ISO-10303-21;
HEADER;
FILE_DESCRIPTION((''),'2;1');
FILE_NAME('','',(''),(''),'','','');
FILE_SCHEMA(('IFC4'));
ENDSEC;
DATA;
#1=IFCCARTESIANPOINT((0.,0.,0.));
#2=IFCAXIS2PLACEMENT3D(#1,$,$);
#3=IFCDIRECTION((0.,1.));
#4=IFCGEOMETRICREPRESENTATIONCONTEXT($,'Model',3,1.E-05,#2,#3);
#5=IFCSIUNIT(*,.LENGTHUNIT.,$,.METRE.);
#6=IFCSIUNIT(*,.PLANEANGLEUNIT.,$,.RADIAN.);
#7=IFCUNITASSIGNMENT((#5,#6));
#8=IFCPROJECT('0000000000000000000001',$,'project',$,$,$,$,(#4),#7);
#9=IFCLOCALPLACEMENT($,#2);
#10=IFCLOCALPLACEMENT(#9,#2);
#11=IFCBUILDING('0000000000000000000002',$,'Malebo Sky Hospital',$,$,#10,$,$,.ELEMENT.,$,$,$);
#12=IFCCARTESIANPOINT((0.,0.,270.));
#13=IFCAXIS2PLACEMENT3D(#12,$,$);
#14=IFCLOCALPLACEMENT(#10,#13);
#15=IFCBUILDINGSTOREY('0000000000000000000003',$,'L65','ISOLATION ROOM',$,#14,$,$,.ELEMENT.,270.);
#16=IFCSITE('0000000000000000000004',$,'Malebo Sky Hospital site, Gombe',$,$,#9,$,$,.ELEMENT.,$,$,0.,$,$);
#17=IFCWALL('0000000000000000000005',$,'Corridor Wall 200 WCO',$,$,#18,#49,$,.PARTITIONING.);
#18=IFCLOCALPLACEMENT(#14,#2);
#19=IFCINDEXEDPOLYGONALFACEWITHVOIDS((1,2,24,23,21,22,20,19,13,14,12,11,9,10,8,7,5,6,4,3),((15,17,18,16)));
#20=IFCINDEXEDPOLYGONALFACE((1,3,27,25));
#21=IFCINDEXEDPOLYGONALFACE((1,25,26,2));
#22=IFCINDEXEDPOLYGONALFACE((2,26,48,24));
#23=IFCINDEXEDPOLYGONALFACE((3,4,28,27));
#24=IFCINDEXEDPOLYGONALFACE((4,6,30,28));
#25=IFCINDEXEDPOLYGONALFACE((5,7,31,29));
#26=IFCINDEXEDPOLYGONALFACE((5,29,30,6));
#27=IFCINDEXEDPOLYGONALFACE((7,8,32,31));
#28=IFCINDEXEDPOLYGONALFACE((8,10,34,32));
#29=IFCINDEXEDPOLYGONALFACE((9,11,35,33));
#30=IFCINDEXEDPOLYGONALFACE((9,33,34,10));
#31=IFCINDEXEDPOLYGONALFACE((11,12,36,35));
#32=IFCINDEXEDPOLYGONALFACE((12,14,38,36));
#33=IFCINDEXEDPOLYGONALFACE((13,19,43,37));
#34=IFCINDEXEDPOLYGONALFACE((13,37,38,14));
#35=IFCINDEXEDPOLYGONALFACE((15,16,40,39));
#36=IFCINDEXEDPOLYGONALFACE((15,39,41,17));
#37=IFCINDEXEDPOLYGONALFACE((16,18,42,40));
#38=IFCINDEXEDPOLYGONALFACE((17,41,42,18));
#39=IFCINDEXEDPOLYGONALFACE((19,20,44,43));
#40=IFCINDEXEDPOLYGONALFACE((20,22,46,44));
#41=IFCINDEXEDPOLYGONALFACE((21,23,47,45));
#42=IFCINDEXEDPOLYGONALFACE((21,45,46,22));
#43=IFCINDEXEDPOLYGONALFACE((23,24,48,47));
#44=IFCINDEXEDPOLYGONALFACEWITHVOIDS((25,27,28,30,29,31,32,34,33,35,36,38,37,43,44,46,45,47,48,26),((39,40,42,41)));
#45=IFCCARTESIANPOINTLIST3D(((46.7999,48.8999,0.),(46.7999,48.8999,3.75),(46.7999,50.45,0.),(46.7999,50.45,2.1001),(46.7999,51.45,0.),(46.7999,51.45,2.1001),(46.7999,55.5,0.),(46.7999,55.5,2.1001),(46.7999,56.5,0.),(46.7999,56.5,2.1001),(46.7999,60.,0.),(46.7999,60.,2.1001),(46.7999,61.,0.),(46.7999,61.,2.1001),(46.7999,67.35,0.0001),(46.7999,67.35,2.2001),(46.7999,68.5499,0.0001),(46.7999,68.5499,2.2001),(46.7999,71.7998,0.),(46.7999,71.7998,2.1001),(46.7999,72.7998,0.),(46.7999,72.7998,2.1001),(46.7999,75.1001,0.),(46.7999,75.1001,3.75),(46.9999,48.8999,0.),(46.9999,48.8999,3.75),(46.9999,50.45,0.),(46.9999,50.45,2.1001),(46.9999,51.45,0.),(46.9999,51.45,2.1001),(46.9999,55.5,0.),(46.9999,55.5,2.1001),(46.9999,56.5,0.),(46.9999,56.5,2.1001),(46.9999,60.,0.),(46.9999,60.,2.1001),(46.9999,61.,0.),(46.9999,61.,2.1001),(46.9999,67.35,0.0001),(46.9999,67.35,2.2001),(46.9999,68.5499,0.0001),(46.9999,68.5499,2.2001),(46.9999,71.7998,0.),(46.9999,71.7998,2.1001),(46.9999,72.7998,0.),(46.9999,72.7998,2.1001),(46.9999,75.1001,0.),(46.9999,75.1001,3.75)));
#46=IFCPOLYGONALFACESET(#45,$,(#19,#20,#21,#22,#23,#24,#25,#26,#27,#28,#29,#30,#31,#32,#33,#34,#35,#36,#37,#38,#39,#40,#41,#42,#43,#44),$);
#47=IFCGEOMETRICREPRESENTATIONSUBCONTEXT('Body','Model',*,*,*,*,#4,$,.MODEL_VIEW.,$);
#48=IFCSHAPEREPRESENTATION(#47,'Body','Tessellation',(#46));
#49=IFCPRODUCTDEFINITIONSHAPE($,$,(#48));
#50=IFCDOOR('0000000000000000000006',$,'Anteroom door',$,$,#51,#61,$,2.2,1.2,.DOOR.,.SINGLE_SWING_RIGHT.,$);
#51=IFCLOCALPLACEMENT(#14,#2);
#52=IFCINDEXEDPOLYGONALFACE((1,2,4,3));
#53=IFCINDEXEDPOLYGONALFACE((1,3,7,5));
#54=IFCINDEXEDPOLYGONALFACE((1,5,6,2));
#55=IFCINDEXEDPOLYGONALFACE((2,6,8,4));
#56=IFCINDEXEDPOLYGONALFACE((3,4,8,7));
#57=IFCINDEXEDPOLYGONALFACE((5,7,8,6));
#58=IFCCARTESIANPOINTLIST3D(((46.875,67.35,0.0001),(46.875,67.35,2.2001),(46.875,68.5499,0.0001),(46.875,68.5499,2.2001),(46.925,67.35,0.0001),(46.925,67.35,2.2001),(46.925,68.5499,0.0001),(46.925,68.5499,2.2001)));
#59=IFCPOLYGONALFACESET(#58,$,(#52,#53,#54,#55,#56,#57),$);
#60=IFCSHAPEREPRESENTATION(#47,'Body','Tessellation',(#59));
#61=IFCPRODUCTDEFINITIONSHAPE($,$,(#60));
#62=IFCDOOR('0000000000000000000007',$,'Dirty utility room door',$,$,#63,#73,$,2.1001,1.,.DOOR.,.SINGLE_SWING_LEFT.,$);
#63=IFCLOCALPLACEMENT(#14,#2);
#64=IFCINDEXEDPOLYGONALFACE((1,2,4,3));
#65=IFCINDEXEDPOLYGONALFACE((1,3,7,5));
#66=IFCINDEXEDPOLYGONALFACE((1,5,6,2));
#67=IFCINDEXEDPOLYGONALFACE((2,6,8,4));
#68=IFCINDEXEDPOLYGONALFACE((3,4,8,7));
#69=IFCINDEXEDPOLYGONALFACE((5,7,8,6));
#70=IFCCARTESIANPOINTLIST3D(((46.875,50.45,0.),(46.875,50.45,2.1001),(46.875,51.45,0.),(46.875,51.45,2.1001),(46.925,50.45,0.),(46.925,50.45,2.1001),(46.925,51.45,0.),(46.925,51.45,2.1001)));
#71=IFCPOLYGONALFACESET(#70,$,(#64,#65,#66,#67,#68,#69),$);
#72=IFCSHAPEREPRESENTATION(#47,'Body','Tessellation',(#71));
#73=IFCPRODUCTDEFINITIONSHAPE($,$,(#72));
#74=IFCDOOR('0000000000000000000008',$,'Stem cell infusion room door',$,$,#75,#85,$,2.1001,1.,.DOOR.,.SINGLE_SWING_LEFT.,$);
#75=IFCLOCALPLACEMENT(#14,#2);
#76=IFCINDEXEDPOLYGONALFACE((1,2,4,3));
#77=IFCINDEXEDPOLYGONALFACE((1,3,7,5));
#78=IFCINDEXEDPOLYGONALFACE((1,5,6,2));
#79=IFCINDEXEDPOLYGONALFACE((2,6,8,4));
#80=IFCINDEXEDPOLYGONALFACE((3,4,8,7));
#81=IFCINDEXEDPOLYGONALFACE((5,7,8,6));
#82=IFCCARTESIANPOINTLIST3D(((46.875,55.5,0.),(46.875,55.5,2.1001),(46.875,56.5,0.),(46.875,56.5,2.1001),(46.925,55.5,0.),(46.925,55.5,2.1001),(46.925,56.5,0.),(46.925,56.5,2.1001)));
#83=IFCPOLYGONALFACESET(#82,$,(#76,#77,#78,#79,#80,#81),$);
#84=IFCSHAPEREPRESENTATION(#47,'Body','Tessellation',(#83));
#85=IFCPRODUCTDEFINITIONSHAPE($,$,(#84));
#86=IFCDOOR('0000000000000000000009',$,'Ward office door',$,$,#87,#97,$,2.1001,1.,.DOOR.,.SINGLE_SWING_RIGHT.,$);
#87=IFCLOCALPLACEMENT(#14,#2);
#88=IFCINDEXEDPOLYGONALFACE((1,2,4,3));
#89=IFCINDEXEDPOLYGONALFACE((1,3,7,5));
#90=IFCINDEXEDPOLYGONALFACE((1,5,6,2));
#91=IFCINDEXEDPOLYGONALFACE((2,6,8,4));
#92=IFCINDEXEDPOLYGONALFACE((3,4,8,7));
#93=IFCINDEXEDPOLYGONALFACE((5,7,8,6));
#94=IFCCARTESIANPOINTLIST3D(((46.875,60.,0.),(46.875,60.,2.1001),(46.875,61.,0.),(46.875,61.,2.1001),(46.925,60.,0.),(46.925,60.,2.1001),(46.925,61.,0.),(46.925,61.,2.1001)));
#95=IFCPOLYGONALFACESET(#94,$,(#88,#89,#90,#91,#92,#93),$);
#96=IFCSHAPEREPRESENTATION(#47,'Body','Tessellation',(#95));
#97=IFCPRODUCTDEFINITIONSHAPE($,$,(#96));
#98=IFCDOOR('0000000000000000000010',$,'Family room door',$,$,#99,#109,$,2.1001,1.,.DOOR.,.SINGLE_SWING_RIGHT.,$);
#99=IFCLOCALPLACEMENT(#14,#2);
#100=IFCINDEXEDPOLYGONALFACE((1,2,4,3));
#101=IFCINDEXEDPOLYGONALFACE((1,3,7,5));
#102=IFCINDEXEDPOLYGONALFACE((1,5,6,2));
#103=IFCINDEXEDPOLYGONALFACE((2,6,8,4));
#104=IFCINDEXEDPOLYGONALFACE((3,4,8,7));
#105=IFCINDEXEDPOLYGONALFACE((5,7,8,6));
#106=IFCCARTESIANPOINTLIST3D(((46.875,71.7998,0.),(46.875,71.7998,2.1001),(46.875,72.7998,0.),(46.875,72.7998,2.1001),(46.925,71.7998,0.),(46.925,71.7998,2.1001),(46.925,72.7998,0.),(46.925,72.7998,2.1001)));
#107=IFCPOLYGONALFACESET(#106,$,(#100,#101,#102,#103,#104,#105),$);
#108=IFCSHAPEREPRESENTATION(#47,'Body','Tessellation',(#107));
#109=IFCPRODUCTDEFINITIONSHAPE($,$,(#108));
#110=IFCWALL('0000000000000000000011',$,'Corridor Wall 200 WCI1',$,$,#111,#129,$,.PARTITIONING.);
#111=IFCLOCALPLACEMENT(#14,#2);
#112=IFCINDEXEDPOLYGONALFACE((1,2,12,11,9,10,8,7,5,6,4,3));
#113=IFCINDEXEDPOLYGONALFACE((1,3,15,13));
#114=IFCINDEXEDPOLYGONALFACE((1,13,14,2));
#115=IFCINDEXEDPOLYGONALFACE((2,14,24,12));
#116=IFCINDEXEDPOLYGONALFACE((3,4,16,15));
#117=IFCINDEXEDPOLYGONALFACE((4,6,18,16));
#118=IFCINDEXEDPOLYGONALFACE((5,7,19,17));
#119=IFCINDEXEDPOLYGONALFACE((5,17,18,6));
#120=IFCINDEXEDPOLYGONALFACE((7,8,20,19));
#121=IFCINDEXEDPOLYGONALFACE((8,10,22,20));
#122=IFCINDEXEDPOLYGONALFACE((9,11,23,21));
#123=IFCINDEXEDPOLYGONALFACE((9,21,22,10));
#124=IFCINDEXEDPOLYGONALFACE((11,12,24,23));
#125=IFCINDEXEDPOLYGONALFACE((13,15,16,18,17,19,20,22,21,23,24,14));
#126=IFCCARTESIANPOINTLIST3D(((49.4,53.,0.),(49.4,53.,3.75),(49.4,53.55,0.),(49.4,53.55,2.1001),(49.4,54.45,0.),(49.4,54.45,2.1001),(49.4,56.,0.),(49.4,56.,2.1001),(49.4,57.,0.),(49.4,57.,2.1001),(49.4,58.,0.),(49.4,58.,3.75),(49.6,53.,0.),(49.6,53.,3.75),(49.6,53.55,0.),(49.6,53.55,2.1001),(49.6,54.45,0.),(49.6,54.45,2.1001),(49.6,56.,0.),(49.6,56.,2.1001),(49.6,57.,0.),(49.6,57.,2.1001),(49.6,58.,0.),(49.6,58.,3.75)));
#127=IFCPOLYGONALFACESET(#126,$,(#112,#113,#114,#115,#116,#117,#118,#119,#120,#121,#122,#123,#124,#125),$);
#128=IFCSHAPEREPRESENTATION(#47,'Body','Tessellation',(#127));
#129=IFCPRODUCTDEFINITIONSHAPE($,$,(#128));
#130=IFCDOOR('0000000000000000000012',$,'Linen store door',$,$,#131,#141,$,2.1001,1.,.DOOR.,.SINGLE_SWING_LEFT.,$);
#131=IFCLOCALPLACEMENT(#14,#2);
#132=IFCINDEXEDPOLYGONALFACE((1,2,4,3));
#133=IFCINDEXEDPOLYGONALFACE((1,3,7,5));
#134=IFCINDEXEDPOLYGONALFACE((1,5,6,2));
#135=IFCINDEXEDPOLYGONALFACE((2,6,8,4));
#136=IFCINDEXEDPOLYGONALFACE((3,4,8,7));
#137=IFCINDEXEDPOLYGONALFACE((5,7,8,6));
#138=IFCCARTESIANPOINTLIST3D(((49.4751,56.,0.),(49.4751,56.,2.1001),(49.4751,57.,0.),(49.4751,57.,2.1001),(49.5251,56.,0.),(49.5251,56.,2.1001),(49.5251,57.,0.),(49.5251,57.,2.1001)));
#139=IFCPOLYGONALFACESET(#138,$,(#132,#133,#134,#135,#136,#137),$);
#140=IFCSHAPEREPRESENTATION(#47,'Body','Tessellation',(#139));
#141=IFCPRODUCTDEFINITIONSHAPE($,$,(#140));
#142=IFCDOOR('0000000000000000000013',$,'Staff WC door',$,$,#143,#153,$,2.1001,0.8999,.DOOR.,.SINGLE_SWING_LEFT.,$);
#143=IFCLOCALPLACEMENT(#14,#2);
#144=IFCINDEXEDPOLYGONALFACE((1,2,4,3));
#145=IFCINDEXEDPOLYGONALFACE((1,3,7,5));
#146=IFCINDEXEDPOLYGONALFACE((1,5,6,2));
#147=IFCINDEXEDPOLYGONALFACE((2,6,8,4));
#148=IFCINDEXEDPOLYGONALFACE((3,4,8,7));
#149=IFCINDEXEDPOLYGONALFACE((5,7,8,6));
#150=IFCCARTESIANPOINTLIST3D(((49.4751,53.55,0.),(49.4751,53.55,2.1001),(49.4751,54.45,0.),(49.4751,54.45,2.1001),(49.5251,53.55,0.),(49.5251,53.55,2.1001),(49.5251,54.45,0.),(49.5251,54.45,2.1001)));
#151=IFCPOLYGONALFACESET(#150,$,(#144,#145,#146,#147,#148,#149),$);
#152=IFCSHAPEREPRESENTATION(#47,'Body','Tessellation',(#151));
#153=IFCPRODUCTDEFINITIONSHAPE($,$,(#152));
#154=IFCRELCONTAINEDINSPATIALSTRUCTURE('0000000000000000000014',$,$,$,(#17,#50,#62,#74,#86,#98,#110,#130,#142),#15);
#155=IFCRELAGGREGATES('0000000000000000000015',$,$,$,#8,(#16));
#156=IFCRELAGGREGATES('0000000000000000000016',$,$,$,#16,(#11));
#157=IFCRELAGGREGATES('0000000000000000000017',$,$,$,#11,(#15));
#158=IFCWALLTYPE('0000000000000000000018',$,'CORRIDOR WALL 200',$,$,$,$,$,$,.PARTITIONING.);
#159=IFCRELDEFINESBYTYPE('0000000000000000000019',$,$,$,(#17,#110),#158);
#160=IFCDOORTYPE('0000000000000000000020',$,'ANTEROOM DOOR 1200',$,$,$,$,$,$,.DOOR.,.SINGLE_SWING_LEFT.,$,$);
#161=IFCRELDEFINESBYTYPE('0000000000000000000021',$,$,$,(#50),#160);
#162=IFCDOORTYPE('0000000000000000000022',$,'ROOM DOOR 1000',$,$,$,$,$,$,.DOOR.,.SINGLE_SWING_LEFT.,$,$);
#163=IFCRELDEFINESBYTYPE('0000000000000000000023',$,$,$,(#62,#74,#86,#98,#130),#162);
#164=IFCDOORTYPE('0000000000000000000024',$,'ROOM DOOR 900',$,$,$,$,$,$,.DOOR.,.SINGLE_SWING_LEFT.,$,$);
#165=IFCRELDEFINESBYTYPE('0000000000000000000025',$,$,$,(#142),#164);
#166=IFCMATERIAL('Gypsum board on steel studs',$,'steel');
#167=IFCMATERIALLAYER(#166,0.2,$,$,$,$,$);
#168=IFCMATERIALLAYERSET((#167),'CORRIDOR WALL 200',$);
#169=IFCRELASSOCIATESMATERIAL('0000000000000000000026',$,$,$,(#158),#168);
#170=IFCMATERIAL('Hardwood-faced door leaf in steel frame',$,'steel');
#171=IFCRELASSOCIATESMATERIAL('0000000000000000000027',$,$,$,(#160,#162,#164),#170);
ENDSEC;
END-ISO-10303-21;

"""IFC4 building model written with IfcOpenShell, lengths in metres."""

from ifc_helpers import new_model, si_unit, direction, frame, frame_2d, origin, place, context, subcontext, project, spatial, rectangle, extrude, material, layer, layer_set, type_object, element, fill, save


model = new_model("IFC4")

# Units and contexts
model_context = context("Model", 3, precision=1e-05, world=origin(), true_north=direction((0.0, 1.0)))
body_context = subcontext(model_context, "Body", "Model", "MODEL_VIEW")
ifc_project = project(units=[si_unit("LENGTHUNIT", "METRE"), si_unit("PLANEANGLEUNIT", "RADIAN")], contexts=[model_context])

# Site, building, storey
site_placement = place(None, origin())
site = spatial("IfcSite", under=ifc_project, at=site_placement, Name="Malebo Sky Hospital site, Gombe", CompositionType="ELEMENT", RefElevation=0.0)
building_placement = place(site_placement, origin())
building = spatial("IfcBuilding", under=site, at=building_placement, Name="Malebo Sky Hospital", CompositionType="ELEMENT")
storey_placement = place(building_placement, frame((0.0, 0.0, 270.0)))
storey = spatial("IfcBuildingStorey", under=building, at=storey_placement, Name="L65", Description="ISOLATION ROOM", CompositionType="ELEMENT", Elevation=270.0)

# Shared definitions
ifc_material_1 = material(Name="Hardwood-faced door leaf in steel frame", Category="steel")

# Walls, openings, doors
ifc_material_2 = material(Name="Gypsum board on steel studs", Category="steel")
ifc_layer_1 = layer(ifc_material_2, 0.2)
ifc_layer_set_1 = layer_set([ifc_layer_1], Name="CORRIDOR WALL 200")
wall_type_1 = type_object("IfcWallType", Name="CORRIDOR WALL 200", PredefinedType="PARTITIONING", material=ifc_layer_set_1)
wall_1_placement = place(storey_placement, frame((46.8999, 48.8999, 0.0), z_axis=(0.0, 0.0, 1.0), x_axis=(0.0, 1.0, 0.0)))
wall_1 = element("IfcWall", 1, at=wall_1_placement, inside=storey, type_object=wall_type_1, Name="Corridor Wall 200 WCO", PredefinedType="PARTITIONING", context=body_context, shape_type="SweptSolid", body=[
    extrude(rectangle(XDim=26.2002, YDim=0.2, at=frame_2d((13.1001, 0.0))), origin(), (0.0, 0.0, 1.0), 3.75),
])
opening_1_placement = place(wall_1_placement, frame((1.55, 0.0, 0.0)))
opening_1 = element("IfcOpeningElement", 2, at=opening_1_placement, cuts=wall_1, PredefinedType="OPENING", context=body_context, shape_type="SweptSolid", body=[
    extrude(rectangle(XDim=1.0, YDim=2.1001, at=frame_2d((0.5, 1.05))), frame((0.0, 0.1099, 0.0), z_axis=(0.0, -1.0, 0.0), x_axis=(1.0, 0.0, 0.0)), (0.0, 0.0, 1.0), 0.22),
])
opening_2_placement = place(wall_1_placement, frame((6.6001, 0.0, 0.0)))
opening_2 = element("IfcOpeningElement", 3, at=opening_2_placement, cuts=wall_1, PredefinedType="OPENING", context=body_context, shape_type="SweptSolid", body=[
    extrude(rectangle(XDim=1.0, YDim=2.1001, at=frame_2d((0.5, 1.05))), frame((0.0, 0.1099, 0.0), z_axis=(0.0, -1.0, 0.0), x_axis=(1.0, 0.0, 0.0)), (0.0, 0.0, 1.0), 0.22),
])
opening_3_placement = place(wall_1_placement, frame((11.1001, 0.0, 0.0)))
opening_3 = element("IfcOpeningElement", 4, at=opening_3_placement, cuts=wall_1, PredefinedType="OPENING", context=body_context, shape_type="SweptSolid", body=[
    extrude(rectangle(XDim=1.0, YDim=2.1001, at=frame_2d((0.5, 1.05))), frame((0.0, 0.1099, 0.0), z_axis=(0.0, -1.0, 0.0), x_axis=(1.0, 0.0, 0.0)), (0.0, 0.0, 1.0), 0.22),
])
opening_4_placement = place(wall_1_placement, frame((18.45, 0.0, 0.0)))
opening_4 = element("IfcOpeningElement", 5, at=opening_4_placement, cuts=wall_1, PredefinedType="OPENING", context=body_context, shape_type="SweptSolid", body=[
    extrude(rectangle(XDim=1.2, YDim=2.2, at=frame_2d((0.6001, 1.1001))), frame((0.0, 0.1099, 0.0), z_axis=(0.0, -1.0, 0.0), x_axis=(1.0, 0.0, 0.0)), (0.0, 0.0, 1.0), 0.22),
])
opening_5_placement = place(wall_1_placement, frame((22.8999, 0.0, 0.0)))
opening_5 = element("IfcOpeningElement", 6, at=opening_5_placement, cuts=wall_1, PredefinedType="OPENING", context=body_context, shape_type="SweptSolid", body=[
    extrude(rectangle(XDim=1.0, YDim=2.1001, at=frame_2d((0.5, 1.05))), frame((0.0, 0.1099, 0.0), z_axis=(0.0, -1.0, 0.0), x_axis=(1.0, 0.0, 0.0)), (0.0, 0.0, 1.0), 0.22),
])
door_type_1 = type_object("IfcDoorType", Name="ANTEROOM DOOR 1200", OperationType="SINGLE_SWING_LEFT", PredefinedType="DOOR", material=ifc_material_1)
door_1_placement = place(opening_4_placement, origin())
door_1 = element("IfcDoor", 7, at=door_1_placement, inside=storey, type_object=door_type_1, Name="Anteroom door", OperationType="SINGLE_SWING_RIGHT", OverallHeight=2.2, OverallWidth=1.2, PredefinedType="DOOR", context=body_context, shape_type="SweptSolid", body=[
    extrude(rectangle(XDim=1.2, YDim=2.2, at=frame_2d((0.6001, 1.1001))), frame((0.0, 0.0249, 0.0), z_axis=(0.0, -1.0, 0.0), x_axis=(1.0, 0.0, 0.0)), (0.0, 0.0, 1.0), 0.05),
])
fill(opening_4, door_1)
door_type_2 = type_object("IfcDoorType", Name="ROOM DOOR 1000", OperationType="SINGLE_SWING_LEFT", PredefinedType="DOOR", material=ifc_material_1)
door_2_placement = place(opening_1_placement, origin())
door_2 = element("IfcDoor", 8, at=door_2_placement, inside=storey, type_object=door_type_2, Name="Dirty utility room door", OperationType="SINGLE_SWING_LEFT", OverallHeight=2.1001, OverallWidth=1.0, PredefinedType="DOOR", context=body_context, shape_type="SweptSolid", body=[
    extrude(rectangle(XDim=1.0, YDim=2.1001, at=frame_2d((0.5, 1.05))), frame((0.0, 0.0249, 0.0), z_axis=(0.0, -1.0, 0.0), x_axis=(1.0, 0.0, 0.0)), (0.0, 0.0, 1.0), 0.05),
])
fill(opening_1, door_2)
door_3_placement = place(opening_2_placement, origin())
door_3 = element("IfcDoor", 9, at=door_3_placement, inside=storey, type_object=door_type_2, Name="Stem cell infusion room door", OperationType="SINGLE_SWING_LEFT", OverallHeight=2.1001, OverallWidth=1.0, PredefinedType="DOOR", context=body_context, shape_type="SweptSolid", body=[
    extrude(rectangle(XDim=1.0, YDim=2.1001, at=frame_2d((0.5, 1.05))), frame((0.0, 0.0249, 0.0), z_axis=(0.0, -1.0, 0.0), x_axis=(1.0, 0.0, 0.0)), (0.0, 0.0, 1.0), 0.05),
])
fill(opening_2, door_3)
door_4_placement = place(opening_3_placement, origin())
door_4 = element("IfcDoor", 10, at=door_4_placement, inside=storey, type_object=door_type_2, Name="Ward office door", OperationType="SINGLE_SWING_RIGHT", OverallHeight=2.1001, OverallWidth=1.0, PredefinedType="DOOR", context=body_context, shape_type="SweptSolid", body=[
    extrude(rectangle(XDim=1.0, YDim=2.1001, at=frame_2d((0.5, 1.05))), frame((0.0, 0.0249, 0.0), z_axis=(0.0, -1.0, 0.0), x_axis=(1.0, 0.0, 0.0)), (0.0, 0.0, 1.0), 0.05),
])
fill(opening_3, door_4)
door_5_placement = place(opening_5_placement, origin())
door_5 = element("IfcDoor", 11, at=door_5_placement, inside=storey, type_object=door_type_2, Name="Family room door", OperationType="SINGLE_SWING_RIGHT", OverallHeight=2.1001, OverallWidth=1.0, PredefinedType="DOOR", context=body_context, shape_type="SweptSolid", body=[
    extrude(rectangle(XDim=1.0, YDim=2.1001, at=frame_2d((0.5, 1.05))), frame((0.0, 0.0249, 0.0), z_axis=(0.0, -1.0, 0.0), x_axis=(1.0, 0.0, 0.0)), (0.0, 0.0, 1.0), 0.05),
])
fill(opening_5, door_5)
wall_2_placement = place(storey_placement, frame((49.5, 53.0, 0.0), z_axis=(0.0, 0.0, 1.0), x_axis=(0.0, 1.0, 0.0)))
wall_2 = element("IfcWall", 12, at=wall_2_placement, inside=storey, type_object=wall_type_1, Name="Corridor Wall 200 WCI1", PredefinedType="PARTITIONING", context=body_context, shape_type="SweptSolid", body=[
    extrude(rectangle(XDim=5.0, YDim=0.2, at=frame_2d((2.5, 0.0))), origin(), (0.0, 0.0, 1.0), 3.75),
])
opening_6_placement = place(wall_2_placement, frame((0.55, 0.0, 0.0)))
opening_6 = element("IfcOpeningElement", 13, at=opening_6_placement, cuts=wall_2, PredefinedType="OPENING", context=body_context, shape_type="SweptSolid", body=[
    extrude(rectangle(XDim=0.8999, YDim=2.1001, at=frame_2d((0.45, 1.05))), frame((0.0, 0.1099, 0.0), z_axis=(0.0, -1.0, 0.0), x_axis=(1.0, 0.0, 0.0)), (0.0, 0.0, 1.0), 0.22),
])
opening_7_placement = place(wall_2_placement, frame((3.0, 0.0, 0.0)))
opening_7 = element("IfcOpeningElement", 14, at=opening_7_placement, cuts=wall_2, PredefinedType="OPENING", context=body_context, shape_type="SweptSolid", body=[
    extrude(rectangle(XDim=1.0, YDim=2.1001, at=frame_2d((0.5, 1.05))), frame((0.0, 0.1099, 0.0), z_axis=(0.0, -1.0, 0.0), x_axis=(1.0, 0.0, 0.0)), (0.0, 0.0, 1.0), 0.22),
])
door_6_placement = place(opening_7_placement, origin())
door_6 = element("IfcDoor", 15, at=door_6_placement, inside=storey, type_object=door_type_2, Name="Linen store door", OperationType="SINGLE_SWING_LEFT", OverallHeight=2.1001, OverallWidth=1.0, PredefinedType="DOOR", context=body_context, shape_type="SweptSolid", body=[
    extrude(rectangle(XDim=1.0, YDim=2.1001, at=frame_2d((0.5, 1.05))), frame((0.0, 0.0249, 0.0), z_axis=(0.0, -1.0, 0.0), x_axis=(1.0, 0.0, 0.0)), (0.0, 0.0, 1.0), 0.05),
])
fill(opening_7, door_6)
door_type_3 = type_object("IfcDoorType", Name="ROOM DOOR 900", OperationType="SINGLE_SWING_LEFT", PredefinedType="DOOR", material=ifc_material_1)
door_7_placement = place(opening_6_placement, origin())
door_7 = element("IfcDoor", 16, at=door_7_placement, inside=storey, type_object=door_type_3, Name="Staff WC door", OperationType="SINGLE_SWING_LEFT", OverallHeight=2.1001, OverallWidth=0.8999, PredefinedType="DOOR", context=body_context, shape_type="SweptSolid", body=[
    extrude(rectangle(XDim=0.8999, YDim=2.1001, at=frame_2d((0.45, 1.05))), frame((0.0, 0.0249, 0.0), z_axis=(0.0, -1.0, 0.0), x_axis=(1.0, 0.0, 0.0)), (0.0, 0.0, 1.0), 0.05),
])
fill(opening_6, door_7)

save(model, "model.ifc")
